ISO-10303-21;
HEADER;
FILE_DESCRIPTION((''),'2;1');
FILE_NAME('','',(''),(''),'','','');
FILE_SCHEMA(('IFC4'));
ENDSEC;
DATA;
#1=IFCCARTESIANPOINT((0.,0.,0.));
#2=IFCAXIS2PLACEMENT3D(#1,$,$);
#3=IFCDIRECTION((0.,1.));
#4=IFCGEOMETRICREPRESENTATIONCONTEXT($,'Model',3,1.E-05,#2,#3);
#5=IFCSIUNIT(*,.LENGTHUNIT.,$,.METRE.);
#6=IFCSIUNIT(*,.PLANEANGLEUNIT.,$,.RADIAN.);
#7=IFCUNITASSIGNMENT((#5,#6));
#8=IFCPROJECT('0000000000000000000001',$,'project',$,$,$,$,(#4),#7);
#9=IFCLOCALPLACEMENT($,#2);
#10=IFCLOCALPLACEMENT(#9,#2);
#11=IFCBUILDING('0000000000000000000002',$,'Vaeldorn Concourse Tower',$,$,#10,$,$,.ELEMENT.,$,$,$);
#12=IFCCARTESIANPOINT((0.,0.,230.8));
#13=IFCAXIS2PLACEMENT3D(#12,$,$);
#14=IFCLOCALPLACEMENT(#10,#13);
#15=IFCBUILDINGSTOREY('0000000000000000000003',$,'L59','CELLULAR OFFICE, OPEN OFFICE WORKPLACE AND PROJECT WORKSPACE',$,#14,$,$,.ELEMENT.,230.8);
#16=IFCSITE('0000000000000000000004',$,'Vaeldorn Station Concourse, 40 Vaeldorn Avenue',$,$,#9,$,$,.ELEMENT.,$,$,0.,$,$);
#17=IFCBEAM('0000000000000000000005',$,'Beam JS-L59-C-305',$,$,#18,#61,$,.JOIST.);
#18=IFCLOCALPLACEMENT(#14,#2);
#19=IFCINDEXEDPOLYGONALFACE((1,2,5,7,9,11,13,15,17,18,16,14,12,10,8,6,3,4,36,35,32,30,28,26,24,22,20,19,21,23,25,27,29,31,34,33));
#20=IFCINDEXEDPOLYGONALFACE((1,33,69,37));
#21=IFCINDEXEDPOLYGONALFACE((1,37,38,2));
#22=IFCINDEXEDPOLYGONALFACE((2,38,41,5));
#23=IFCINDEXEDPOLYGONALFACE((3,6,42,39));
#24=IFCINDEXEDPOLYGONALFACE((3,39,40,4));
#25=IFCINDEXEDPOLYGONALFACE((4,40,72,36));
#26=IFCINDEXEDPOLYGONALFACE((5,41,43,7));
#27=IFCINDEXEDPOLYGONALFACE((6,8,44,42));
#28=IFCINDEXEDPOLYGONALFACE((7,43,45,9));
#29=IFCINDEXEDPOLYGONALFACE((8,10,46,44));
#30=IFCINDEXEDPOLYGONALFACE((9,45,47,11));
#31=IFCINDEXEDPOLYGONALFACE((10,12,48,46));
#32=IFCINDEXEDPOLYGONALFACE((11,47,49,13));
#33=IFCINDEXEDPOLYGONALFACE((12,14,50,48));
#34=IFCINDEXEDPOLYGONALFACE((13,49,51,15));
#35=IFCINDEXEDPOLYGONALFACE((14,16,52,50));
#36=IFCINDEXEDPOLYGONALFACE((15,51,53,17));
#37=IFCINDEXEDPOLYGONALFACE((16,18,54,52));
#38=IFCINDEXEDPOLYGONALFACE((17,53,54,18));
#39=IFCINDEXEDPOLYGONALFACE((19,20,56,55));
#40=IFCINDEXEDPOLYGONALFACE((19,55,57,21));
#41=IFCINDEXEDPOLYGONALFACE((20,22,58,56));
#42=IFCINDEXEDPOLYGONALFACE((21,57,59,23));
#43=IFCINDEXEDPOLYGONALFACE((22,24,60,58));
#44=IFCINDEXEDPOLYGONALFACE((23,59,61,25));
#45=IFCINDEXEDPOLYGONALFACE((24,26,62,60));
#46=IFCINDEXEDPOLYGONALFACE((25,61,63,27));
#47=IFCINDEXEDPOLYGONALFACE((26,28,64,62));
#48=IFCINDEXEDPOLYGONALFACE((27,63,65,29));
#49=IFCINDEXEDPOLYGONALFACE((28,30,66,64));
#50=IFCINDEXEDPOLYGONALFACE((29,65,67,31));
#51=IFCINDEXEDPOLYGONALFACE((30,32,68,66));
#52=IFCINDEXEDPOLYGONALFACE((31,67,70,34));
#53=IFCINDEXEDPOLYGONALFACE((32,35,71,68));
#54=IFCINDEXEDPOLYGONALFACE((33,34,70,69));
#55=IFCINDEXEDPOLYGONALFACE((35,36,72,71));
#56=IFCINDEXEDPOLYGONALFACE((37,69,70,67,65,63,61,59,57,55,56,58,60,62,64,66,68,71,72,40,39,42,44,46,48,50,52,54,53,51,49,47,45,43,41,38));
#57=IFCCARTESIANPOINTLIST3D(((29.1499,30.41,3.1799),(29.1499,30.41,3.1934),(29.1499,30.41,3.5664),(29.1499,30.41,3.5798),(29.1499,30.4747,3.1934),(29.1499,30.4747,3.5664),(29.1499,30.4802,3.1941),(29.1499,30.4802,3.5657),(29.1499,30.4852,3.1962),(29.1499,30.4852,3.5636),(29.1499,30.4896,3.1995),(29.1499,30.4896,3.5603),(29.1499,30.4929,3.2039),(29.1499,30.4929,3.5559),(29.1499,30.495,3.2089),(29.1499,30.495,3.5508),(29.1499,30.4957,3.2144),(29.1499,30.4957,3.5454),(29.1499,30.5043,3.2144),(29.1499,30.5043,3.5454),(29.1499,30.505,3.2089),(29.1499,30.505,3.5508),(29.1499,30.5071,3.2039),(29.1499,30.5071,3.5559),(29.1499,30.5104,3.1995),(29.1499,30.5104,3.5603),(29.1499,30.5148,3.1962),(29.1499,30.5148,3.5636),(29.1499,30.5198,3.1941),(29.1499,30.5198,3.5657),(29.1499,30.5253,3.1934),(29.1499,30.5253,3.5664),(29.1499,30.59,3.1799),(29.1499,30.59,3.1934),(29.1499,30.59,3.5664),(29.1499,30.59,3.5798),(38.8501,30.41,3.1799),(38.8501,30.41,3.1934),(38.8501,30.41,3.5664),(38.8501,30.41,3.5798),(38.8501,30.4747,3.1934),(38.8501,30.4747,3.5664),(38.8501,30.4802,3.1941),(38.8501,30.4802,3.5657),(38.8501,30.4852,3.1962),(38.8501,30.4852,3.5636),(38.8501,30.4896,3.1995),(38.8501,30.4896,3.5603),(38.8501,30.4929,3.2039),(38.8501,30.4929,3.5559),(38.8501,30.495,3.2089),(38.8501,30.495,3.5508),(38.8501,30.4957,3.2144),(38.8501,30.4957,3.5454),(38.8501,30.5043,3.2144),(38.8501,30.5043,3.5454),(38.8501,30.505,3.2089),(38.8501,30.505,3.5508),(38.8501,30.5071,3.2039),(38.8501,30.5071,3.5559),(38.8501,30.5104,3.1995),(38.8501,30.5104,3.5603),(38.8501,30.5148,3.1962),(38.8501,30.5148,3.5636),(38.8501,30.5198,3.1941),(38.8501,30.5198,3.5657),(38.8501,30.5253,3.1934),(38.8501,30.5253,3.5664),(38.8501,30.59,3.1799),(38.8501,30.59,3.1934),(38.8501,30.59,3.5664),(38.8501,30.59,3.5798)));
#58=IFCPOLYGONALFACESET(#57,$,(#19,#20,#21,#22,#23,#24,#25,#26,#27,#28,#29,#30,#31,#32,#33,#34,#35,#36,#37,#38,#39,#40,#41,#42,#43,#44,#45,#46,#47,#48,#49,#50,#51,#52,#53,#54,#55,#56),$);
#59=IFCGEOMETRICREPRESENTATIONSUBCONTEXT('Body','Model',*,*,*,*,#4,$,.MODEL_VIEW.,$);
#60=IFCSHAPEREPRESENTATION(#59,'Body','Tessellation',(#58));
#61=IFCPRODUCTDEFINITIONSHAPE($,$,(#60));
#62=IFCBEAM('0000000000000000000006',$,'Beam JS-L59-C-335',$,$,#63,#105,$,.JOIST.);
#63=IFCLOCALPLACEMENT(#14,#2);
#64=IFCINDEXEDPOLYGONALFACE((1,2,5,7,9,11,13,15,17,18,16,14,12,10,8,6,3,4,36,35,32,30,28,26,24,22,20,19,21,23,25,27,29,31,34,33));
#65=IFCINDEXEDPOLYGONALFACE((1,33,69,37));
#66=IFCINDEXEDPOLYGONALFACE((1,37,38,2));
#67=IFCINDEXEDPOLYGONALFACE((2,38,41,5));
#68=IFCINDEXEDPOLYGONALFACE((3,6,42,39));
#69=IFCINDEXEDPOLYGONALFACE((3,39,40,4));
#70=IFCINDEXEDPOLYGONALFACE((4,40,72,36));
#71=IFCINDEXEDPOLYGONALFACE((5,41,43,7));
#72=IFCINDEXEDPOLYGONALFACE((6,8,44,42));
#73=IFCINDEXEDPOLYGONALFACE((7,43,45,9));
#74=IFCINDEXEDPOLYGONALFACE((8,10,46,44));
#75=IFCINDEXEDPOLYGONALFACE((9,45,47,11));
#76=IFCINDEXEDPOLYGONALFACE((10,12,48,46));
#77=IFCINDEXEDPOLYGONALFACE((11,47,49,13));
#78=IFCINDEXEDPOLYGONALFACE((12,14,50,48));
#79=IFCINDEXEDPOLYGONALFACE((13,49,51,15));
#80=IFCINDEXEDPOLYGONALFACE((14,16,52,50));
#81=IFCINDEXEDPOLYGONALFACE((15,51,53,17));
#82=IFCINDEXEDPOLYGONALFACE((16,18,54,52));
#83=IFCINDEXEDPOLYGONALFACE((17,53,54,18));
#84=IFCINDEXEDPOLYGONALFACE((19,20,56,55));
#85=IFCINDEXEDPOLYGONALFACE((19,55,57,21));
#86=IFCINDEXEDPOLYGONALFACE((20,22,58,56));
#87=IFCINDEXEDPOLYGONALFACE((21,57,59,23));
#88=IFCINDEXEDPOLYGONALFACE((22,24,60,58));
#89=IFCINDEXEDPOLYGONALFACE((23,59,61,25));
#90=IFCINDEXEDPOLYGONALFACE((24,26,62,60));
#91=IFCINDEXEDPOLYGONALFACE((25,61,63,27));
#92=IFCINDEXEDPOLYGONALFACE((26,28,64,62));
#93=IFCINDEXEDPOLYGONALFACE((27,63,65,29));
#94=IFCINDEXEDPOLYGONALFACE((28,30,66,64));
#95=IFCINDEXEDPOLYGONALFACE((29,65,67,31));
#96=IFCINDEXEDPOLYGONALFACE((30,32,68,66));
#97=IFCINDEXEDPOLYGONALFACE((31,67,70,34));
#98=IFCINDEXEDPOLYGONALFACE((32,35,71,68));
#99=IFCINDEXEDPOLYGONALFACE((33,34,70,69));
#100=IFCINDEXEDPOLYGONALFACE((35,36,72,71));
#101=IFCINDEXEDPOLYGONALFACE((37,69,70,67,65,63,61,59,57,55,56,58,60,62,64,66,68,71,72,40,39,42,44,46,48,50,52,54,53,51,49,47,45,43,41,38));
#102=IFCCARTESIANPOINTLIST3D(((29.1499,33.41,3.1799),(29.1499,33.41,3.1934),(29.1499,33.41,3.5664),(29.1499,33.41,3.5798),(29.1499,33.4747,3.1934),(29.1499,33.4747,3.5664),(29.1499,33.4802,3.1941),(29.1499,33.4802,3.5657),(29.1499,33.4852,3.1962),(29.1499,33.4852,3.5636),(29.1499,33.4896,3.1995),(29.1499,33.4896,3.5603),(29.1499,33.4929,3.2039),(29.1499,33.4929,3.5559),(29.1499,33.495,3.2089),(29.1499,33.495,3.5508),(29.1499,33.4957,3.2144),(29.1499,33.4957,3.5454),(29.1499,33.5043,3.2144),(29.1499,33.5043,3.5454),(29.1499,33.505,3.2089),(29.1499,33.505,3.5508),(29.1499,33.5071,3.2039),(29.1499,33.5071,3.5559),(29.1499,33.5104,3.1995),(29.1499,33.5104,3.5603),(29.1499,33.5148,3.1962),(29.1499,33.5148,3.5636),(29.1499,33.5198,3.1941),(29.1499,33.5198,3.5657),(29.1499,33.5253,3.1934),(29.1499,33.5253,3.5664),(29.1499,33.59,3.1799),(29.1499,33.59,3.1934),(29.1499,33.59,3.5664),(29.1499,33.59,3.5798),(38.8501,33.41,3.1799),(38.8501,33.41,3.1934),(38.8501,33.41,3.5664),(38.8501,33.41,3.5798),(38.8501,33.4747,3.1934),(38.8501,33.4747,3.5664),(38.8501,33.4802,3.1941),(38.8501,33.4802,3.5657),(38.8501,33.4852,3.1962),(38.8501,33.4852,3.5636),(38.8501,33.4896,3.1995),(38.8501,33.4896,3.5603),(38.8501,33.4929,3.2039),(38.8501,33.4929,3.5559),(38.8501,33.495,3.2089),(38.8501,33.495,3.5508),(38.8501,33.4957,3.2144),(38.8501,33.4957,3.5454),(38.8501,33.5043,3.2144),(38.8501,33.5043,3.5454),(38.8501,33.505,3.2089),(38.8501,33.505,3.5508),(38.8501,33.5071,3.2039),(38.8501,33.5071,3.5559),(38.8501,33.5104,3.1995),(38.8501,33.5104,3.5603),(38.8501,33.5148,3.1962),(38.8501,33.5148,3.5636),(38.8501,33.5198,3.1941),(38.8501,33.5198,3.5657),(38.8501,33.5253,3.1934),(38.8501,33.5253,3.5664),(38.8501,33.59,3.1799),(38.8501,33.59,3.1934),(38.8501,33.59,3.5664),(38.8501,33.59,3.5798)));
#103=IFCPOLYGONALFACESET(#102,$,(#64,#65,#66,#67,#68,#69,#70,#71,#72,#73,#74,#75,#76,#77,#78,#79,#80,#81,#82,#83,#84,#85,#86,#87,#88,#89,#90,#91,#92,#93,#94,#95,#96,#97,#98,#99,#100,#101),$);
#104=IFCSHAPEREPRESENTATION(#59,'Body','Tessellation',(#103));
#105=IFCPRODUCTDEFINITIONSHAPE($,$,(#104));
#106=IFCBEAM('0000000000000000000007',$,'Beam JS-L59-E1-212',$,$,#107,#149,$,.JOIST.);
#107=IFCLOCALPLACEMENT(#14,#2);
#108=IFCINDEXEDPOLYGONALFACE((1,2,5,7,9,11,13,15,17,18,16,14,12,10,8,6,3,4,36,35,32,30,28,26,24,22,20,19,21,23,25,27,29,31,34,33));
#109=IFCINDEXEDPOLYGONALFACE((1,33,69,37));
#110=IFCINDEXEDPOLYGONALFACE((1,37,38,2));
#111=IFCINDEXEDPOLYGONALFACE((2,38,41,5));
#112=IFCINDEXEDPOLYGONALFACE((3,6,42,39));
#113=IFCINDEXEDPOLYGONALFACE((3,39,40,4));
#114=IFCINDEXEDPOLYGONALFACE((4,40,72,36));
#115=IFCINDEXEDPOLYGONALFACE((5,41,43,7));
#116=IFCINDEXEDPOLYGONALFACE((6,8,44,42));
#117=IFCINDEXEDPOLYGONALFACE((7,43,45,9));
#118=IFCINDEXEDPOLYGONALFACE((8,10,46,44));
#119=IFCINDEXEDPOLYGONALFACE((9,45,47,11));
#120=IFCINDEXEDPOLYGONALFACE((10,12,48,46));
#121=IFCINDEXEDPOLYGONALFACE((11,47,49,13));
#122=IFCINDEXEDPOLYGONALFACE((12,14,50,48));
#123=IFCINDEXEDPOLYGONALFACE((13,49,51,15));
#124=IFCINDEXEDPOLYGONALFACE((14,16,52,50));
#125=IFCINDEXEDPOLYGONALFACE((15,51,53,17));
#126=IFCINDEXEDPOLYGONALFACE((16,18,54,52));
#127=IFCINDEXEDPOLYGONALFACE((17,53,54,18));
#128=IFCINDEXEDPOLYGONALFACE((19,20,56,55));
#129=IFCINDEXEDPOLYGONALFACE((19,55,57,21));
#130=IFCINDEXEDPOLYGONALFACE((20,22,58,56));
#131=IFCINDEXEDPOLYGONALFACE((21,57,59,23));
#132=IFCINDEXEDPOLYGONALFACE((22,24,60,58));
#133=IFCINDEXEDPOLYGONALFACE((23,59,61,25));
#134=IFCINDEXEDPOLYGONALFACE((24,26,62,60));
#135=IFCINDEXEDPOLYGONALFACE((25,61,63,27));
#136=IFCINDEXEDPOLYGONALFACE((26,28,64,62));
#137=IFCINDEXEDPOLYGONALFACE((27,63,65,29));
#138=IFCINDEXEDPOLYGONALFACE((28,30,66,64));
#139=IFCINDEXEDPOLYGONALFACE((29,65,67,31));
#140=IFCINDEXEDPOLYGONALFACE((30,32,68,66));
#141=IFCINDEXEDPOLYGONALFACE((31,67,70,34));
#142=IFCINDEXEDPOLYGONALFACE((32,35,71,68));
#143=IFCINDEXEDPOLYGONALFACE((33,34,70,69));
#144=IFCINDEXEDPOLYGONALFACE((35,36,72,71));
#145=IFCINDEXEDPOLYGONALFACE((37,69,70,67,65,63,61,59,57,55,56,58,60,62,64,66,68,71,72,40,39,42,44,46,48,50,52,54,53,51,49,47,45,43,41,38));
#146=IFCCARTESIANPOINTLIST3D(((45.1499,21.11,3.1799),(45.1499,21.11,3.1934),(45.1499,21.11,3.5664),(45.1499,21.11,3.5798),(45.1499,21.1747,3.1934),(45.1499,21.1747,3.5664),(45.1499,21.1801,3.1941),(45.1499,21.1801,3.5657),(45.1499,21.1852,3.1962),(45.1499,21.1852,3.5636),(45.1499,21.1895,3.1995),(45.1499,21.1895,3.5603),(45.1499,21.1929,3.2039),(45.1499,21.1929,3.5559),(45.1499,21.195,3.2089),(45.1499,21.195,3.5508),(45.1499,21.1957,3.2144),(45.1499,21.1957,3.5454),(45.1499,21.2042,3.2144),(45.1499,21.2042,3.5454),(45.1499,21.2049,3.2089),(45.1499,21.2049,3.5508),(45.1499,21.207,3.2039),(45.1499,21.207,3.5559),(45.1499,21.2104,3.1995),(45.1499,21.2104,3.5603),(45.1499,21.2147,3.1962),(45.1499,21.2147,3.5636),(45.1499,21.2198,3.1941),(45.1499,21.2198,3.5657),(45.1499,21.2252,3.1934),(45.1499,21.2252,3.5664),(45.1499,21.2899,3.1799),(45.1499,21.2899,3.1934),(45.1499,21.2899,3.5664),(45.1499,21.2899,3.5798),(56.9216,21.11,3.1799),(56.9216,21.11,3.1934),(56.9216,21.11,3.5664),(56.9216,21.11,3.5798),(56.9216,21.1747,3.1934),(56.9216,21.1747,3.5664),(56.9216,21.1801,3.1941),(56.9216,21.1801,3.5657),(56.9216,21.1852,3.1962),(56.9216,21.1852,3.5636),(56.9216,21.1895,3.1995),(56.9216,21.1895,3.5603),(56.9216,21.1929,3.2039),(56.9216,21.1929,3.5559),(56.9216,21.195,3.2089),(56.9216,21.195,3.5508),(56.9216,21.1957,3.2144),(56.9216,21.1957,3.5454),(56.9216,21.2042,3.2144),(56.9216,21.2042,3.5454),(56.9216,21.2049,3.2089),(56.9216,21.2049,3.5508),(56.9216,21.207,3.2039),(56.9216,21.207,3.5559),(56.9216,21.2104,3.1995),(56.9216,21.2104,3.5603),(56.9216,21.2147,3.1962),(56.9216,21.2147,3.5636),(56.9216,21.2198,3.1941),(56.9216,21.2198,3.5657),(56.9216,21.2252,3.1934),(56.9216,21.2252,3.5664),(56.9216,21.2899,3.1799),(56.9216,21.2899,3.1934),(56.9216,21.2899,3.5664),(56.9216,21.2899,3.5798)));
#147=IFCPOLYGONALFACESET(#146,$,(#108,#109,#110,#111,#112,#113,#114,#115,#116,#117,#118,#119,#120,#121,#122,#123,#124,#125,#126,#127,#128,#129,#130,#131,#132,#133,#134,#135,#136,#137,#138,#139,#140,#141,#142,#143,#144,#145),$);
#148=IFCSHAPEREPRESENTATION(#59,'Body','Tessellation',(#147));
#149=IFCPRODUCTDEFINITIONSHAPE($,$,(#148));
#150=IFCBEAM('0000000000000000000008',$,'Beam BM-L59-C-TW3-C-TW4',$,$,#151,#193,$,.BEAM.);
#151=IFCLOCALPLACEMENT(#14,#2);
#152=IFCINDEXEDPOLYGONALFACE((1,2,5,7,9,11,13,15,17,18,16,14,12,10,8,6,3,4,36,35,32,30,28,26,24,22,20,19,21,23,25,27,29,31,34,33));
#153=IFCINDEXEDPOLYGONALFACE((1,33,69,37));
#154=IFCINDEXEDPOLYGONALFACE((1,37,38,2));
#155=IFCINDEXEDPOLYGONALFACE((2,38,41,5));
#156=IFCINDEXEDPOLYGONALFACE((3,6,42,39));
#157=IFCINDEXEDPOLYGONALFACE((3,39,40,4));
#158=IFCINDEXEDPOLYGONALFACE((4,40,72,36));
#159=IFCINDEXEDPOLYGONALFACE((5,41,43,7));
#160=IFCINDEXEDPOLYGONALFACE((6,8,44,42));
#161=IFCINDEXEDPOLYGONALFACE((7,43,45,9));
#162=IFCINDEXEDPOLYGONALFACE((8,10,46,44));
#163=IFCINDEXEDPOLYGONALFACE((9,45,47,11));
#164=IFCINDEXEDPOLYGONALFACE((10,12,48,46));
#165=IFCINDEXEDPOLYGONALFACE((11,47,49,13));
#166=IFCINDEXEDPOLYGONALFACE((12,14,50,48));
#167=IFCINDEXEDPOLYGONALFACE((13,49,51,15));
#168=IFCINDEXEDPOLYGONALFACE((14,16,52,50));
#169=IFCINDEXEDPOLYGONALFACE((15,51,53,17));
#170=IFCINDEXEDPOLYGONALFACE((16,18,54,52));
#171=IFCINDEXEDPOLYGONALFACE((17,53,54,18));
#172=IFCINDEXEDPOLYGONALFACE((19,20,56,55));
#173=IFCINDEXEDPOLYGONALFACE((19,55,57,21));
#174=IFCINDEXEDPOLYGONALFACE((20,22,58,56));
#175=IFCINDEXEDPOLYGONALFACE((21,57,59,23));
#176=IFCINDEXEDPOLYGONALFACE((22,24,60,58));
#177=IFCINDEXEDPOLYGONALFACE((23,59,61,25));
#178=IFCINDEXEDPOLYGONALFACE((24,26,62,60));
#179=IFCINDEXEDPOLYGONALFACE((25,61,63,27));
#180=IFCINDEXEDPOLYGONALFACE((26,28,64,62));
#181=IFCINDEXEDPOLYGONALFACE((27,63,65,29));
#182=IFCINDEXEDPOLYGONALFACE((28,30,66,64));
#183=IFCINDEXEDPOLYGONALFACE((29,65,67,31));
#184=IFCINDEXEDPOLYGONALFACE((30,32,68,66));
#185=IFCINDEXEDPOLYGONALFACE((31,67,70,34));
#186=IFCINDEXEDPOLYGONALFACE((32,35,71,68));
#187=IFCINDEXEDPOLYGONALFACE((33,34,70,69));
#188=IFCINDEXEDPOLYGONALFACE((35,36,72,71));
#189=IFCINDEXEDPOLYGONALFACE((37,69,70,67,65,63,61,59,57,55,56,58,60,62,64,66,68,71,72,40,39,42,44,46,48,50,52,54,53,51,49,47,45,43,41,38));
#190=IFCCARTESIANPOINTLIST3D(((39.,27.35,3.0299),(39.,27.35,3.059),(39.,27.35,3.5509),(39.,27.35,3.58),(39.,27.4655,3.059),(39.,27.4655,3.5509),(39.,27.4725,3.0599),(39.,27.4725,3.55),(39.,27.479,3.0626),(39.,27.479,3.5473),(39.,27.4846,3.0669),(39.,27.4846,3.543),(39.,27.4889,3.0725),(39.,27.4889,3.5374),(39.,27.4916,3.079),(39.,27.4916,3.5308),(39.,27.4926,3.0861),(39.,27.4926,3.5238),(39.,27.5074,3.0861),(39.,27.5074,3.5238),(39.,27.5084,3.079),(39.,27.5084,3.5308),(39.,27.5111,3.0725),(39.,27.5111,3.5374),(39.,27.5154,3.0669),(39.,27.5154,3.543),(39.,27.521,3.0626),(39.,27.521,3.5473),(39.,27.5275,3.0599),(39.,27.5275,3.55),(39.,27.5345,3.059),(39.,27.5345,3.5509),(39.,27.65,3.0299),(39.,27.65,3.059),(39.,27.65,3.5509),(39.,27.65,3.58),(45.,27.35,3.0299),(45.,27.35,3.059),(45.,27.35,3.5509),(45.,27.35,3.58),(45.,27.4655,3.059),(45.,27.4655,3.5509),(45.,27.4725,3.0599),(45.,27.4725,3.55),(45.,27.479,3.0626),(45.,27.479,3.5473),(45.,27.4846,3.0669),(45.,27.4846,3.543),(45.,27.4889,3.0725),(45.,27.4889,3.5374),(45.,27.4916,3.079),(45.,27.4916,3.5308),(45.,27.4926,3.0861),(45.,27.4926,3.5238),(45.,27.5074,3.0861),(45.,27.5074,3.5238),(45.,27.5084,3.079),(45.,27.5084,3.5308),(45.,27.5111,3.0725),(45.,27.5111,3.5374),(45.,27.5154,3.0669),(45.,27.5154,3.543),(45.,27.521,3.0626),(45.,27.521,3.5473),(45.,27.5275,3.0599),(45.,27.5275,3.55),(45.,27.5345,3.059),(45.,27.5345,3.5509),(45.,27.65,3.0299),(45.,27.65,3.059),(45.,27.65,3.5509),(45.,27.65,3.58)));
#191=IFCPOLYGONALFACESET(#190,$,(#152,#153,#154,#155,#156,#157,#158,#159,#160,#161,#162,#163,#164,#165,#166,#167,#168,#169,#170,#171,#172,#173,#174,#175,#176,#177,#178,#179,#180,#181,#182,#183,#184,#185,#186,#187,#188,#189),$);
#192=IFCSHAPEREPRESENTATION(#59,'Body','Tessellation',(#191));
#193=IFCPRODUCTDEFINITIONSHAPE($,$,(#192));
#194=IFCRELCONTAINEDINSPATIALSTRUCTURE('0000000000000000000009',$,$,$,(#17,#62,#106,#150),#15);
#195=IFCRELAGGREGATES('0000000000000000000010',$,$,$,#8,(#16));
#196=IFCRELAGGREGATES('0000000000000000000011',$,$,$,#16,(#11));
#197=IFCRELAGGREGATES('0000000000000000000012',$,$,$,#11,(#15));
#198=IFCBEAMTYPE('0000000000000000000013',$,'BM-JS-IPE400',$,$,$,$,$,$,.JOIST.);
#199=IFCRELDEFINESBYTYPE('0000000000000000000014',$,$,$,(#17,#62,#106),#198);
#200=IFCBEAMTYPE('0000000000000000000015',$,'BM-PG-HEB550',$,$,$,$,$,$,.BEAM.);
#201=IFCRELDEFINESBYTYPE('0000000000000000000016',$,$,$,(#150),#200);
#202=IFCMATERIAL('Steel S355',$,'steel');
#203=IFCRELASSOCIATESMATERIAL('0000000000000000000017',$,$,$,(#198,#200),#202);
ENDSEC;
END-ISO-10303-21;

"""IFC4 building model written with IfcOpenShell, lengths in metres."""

from ifc_helpers import new_model, si_unit, direction, frame, origin, origin_2d, place, context, subcontext, project, spatial, i_section, extrude, source, transform, mapped, material, material_profile, profile_set, type_object, element, save


model = new_model("IFC4")

# Units and contexts
model_context = context("Model", 3, precision=1e-05, world=origin(), true_north=direction((0.0, 1.0)))
body_context = subcontext(model_context, "Body", "Model", "MODEL_VIEW")
ifc_project = project(units=[si_unit("LENGTHUNIT", "METRE"), si_unit("PLANEANGLEUNIT", "RADIAN")], contexts=[model_context])

# Site, building, storey
site_placement = place(None, origin())
site = spatial("IfcSite", under=ifc_project, at=site_placement, Name="Vaeldorn Station Concourse, 40 Vaeldorn Avenue", CompositionType="ELEMENT", RefElevation=0.0)
building_placement = place(site_placement, origin())
building = spatial("IfcBuilding", under=site, at=building_placement, Name="Vaeldorn Concourse Tower", CompositionType="ELEMENT")
storey_placement = place(building_placement, frame((0.0, 0.0, 230.8)))
storey = spatial("IfcBuildingStorey", under=building, at=storey_placement, Name="L59", Description="CELLULAR OFFICE, OPEN OFFICE WORKPLACE AND PROJECT WORKSPACE", CompositionType="ELEMENT", Elevation=230.8)

# Shared definitions
ifc_material_1 = material(Name="Steel S355", Category="steel")

# Beams
ifc_material_profile_1 = material_profile(ifc_material_1, i_section(OverallWidth=0.1799, OverallDepth=0.3999, WebThickness=0.0085, FlangeThickness=0.0134, FilletRadius=0.021, at=origin_2d()), Name="IPE 400")
ifc_profile_set_1 = profile_set([ifc_material_profile_1], Name="Steel S355")
beam_type_1 = type_object("IfcBeamType", Name="BM-JS-IPE400", PredefinedType="JOIST", material=ifc_profile_set_1)
shared_shape_1 = source(origin(), body_context, "Body", "SweptSolid", [
    extrude(i_section(OverallWidth=0.1799, OverallDepth=0.3999, WebThickness=0.0085, FlangeThickness=0.0134, FilletRadius=0.021, at=origin_2d()), origin(), (0.0, 0.0, 1.0), 9.7002),
])
for number, where, z_axis, x_axis, name in (
    (1, (29.1499, 30.5, 3.3799), (1.0, 0.0, 0.0), (0.0, 1.0, 0.0), "Beam JS-L59-C-305"),
    (2, (29.1499, 33.5, 3.3799), (1.0, 0.0, 0.0), (0.0, 1.0, 0.0), "Beam JS-L59-C-335"),
):
    element("IfcBeam", number, at=place(storey_placement, frame(where, z_axis=z_axis, x_axis=x_axis)), inside=storey, type_object=beam_type_1, Name=name, PredefinedType="JOIST", context=body_context, shape_type="MappedRepresentation", body=[
        mapped(shared_shape_1, transform((0.0, 0.0, 0.0), scale=1.0)),
    ])
shared_shape_2 = source(origin(), body_context, "Body", "SweptSolid", [
    extrude(i_section(OverallWidth=0.1799, OverallDepth=0.3999, WebThickness=0.0085, FlangeThickness=0.0134, FilletRadius=0.021, at=origin_2d()), origin(), (0.0, 0.0, 1.0), 11.7717),
])
beam_1_placement = place(storey_placement, frame((45.1499, 21.2, 3.3799), z_axis=(1.0, 0.0, 0.0), x_axis=(0.0, 1.0, 0.0)))
element("IfcBeam", 3, at=beam_1_placement, inside=storey, type_object=beam_type_1, Name="Beam JS-L59-E1-212", PredefinedType="JOIST", context=body_context, shape_type="MappedRepresentation", body=[
    mapped(shared_shape_2, transform((0.0, 0.0, 0.0), scale=1.0)),
])
ifc_material_profile_2 = material_profile(ifc_material_1, i_section(OverallWidth=0.3, OverallDepth=0.55, WebThickness=0.0149, FlangeThickness=0.0291, FilletRadius=0.0271, at=origin_2d()), Name="HEB 550")
ifc_profile_set_2 = profile_set([ifc_material_profile_2], Name="Steel S355")
beam_type_2 = type_object("IfcBeamType", Name="BM-PG-HEB550", PredefinedType="BEAM", material=ifc_profile_set_2)
shared_shape_3 = source(origin(), body_context, "Body", "SweptSolid", [
    extrude(i_section(OverallWidth=0.3, OverallDepth=0.55, WebThickness=0.0149, FlangeThickness=0.0291, FilletRadius=0.0271, at=origin_2d()), origin(), (0.0, 0.0, 1.0), 6.0),
])
beam_2_placement = place(storey_placement, frame((39.0, 27.5, 3.3049), z_axis=(1.0, 0.0, 0.0), x_axis=(0.0, 1.0, 0.0)))
element("IfcBeam", 4, at=beam_2_placement, inside=storey, type_object=beam_type_2, Name="Beam BM-L59-C-TW3-C-TW4", PredefinedType="BEAM", context=body_context, shape_type="MappedRepresentation", body=[
    mapped(shared_shape_3, transform((0.0, 0.0, 0.0), scale=1.0)),
])

save(model, "model.ifc")
